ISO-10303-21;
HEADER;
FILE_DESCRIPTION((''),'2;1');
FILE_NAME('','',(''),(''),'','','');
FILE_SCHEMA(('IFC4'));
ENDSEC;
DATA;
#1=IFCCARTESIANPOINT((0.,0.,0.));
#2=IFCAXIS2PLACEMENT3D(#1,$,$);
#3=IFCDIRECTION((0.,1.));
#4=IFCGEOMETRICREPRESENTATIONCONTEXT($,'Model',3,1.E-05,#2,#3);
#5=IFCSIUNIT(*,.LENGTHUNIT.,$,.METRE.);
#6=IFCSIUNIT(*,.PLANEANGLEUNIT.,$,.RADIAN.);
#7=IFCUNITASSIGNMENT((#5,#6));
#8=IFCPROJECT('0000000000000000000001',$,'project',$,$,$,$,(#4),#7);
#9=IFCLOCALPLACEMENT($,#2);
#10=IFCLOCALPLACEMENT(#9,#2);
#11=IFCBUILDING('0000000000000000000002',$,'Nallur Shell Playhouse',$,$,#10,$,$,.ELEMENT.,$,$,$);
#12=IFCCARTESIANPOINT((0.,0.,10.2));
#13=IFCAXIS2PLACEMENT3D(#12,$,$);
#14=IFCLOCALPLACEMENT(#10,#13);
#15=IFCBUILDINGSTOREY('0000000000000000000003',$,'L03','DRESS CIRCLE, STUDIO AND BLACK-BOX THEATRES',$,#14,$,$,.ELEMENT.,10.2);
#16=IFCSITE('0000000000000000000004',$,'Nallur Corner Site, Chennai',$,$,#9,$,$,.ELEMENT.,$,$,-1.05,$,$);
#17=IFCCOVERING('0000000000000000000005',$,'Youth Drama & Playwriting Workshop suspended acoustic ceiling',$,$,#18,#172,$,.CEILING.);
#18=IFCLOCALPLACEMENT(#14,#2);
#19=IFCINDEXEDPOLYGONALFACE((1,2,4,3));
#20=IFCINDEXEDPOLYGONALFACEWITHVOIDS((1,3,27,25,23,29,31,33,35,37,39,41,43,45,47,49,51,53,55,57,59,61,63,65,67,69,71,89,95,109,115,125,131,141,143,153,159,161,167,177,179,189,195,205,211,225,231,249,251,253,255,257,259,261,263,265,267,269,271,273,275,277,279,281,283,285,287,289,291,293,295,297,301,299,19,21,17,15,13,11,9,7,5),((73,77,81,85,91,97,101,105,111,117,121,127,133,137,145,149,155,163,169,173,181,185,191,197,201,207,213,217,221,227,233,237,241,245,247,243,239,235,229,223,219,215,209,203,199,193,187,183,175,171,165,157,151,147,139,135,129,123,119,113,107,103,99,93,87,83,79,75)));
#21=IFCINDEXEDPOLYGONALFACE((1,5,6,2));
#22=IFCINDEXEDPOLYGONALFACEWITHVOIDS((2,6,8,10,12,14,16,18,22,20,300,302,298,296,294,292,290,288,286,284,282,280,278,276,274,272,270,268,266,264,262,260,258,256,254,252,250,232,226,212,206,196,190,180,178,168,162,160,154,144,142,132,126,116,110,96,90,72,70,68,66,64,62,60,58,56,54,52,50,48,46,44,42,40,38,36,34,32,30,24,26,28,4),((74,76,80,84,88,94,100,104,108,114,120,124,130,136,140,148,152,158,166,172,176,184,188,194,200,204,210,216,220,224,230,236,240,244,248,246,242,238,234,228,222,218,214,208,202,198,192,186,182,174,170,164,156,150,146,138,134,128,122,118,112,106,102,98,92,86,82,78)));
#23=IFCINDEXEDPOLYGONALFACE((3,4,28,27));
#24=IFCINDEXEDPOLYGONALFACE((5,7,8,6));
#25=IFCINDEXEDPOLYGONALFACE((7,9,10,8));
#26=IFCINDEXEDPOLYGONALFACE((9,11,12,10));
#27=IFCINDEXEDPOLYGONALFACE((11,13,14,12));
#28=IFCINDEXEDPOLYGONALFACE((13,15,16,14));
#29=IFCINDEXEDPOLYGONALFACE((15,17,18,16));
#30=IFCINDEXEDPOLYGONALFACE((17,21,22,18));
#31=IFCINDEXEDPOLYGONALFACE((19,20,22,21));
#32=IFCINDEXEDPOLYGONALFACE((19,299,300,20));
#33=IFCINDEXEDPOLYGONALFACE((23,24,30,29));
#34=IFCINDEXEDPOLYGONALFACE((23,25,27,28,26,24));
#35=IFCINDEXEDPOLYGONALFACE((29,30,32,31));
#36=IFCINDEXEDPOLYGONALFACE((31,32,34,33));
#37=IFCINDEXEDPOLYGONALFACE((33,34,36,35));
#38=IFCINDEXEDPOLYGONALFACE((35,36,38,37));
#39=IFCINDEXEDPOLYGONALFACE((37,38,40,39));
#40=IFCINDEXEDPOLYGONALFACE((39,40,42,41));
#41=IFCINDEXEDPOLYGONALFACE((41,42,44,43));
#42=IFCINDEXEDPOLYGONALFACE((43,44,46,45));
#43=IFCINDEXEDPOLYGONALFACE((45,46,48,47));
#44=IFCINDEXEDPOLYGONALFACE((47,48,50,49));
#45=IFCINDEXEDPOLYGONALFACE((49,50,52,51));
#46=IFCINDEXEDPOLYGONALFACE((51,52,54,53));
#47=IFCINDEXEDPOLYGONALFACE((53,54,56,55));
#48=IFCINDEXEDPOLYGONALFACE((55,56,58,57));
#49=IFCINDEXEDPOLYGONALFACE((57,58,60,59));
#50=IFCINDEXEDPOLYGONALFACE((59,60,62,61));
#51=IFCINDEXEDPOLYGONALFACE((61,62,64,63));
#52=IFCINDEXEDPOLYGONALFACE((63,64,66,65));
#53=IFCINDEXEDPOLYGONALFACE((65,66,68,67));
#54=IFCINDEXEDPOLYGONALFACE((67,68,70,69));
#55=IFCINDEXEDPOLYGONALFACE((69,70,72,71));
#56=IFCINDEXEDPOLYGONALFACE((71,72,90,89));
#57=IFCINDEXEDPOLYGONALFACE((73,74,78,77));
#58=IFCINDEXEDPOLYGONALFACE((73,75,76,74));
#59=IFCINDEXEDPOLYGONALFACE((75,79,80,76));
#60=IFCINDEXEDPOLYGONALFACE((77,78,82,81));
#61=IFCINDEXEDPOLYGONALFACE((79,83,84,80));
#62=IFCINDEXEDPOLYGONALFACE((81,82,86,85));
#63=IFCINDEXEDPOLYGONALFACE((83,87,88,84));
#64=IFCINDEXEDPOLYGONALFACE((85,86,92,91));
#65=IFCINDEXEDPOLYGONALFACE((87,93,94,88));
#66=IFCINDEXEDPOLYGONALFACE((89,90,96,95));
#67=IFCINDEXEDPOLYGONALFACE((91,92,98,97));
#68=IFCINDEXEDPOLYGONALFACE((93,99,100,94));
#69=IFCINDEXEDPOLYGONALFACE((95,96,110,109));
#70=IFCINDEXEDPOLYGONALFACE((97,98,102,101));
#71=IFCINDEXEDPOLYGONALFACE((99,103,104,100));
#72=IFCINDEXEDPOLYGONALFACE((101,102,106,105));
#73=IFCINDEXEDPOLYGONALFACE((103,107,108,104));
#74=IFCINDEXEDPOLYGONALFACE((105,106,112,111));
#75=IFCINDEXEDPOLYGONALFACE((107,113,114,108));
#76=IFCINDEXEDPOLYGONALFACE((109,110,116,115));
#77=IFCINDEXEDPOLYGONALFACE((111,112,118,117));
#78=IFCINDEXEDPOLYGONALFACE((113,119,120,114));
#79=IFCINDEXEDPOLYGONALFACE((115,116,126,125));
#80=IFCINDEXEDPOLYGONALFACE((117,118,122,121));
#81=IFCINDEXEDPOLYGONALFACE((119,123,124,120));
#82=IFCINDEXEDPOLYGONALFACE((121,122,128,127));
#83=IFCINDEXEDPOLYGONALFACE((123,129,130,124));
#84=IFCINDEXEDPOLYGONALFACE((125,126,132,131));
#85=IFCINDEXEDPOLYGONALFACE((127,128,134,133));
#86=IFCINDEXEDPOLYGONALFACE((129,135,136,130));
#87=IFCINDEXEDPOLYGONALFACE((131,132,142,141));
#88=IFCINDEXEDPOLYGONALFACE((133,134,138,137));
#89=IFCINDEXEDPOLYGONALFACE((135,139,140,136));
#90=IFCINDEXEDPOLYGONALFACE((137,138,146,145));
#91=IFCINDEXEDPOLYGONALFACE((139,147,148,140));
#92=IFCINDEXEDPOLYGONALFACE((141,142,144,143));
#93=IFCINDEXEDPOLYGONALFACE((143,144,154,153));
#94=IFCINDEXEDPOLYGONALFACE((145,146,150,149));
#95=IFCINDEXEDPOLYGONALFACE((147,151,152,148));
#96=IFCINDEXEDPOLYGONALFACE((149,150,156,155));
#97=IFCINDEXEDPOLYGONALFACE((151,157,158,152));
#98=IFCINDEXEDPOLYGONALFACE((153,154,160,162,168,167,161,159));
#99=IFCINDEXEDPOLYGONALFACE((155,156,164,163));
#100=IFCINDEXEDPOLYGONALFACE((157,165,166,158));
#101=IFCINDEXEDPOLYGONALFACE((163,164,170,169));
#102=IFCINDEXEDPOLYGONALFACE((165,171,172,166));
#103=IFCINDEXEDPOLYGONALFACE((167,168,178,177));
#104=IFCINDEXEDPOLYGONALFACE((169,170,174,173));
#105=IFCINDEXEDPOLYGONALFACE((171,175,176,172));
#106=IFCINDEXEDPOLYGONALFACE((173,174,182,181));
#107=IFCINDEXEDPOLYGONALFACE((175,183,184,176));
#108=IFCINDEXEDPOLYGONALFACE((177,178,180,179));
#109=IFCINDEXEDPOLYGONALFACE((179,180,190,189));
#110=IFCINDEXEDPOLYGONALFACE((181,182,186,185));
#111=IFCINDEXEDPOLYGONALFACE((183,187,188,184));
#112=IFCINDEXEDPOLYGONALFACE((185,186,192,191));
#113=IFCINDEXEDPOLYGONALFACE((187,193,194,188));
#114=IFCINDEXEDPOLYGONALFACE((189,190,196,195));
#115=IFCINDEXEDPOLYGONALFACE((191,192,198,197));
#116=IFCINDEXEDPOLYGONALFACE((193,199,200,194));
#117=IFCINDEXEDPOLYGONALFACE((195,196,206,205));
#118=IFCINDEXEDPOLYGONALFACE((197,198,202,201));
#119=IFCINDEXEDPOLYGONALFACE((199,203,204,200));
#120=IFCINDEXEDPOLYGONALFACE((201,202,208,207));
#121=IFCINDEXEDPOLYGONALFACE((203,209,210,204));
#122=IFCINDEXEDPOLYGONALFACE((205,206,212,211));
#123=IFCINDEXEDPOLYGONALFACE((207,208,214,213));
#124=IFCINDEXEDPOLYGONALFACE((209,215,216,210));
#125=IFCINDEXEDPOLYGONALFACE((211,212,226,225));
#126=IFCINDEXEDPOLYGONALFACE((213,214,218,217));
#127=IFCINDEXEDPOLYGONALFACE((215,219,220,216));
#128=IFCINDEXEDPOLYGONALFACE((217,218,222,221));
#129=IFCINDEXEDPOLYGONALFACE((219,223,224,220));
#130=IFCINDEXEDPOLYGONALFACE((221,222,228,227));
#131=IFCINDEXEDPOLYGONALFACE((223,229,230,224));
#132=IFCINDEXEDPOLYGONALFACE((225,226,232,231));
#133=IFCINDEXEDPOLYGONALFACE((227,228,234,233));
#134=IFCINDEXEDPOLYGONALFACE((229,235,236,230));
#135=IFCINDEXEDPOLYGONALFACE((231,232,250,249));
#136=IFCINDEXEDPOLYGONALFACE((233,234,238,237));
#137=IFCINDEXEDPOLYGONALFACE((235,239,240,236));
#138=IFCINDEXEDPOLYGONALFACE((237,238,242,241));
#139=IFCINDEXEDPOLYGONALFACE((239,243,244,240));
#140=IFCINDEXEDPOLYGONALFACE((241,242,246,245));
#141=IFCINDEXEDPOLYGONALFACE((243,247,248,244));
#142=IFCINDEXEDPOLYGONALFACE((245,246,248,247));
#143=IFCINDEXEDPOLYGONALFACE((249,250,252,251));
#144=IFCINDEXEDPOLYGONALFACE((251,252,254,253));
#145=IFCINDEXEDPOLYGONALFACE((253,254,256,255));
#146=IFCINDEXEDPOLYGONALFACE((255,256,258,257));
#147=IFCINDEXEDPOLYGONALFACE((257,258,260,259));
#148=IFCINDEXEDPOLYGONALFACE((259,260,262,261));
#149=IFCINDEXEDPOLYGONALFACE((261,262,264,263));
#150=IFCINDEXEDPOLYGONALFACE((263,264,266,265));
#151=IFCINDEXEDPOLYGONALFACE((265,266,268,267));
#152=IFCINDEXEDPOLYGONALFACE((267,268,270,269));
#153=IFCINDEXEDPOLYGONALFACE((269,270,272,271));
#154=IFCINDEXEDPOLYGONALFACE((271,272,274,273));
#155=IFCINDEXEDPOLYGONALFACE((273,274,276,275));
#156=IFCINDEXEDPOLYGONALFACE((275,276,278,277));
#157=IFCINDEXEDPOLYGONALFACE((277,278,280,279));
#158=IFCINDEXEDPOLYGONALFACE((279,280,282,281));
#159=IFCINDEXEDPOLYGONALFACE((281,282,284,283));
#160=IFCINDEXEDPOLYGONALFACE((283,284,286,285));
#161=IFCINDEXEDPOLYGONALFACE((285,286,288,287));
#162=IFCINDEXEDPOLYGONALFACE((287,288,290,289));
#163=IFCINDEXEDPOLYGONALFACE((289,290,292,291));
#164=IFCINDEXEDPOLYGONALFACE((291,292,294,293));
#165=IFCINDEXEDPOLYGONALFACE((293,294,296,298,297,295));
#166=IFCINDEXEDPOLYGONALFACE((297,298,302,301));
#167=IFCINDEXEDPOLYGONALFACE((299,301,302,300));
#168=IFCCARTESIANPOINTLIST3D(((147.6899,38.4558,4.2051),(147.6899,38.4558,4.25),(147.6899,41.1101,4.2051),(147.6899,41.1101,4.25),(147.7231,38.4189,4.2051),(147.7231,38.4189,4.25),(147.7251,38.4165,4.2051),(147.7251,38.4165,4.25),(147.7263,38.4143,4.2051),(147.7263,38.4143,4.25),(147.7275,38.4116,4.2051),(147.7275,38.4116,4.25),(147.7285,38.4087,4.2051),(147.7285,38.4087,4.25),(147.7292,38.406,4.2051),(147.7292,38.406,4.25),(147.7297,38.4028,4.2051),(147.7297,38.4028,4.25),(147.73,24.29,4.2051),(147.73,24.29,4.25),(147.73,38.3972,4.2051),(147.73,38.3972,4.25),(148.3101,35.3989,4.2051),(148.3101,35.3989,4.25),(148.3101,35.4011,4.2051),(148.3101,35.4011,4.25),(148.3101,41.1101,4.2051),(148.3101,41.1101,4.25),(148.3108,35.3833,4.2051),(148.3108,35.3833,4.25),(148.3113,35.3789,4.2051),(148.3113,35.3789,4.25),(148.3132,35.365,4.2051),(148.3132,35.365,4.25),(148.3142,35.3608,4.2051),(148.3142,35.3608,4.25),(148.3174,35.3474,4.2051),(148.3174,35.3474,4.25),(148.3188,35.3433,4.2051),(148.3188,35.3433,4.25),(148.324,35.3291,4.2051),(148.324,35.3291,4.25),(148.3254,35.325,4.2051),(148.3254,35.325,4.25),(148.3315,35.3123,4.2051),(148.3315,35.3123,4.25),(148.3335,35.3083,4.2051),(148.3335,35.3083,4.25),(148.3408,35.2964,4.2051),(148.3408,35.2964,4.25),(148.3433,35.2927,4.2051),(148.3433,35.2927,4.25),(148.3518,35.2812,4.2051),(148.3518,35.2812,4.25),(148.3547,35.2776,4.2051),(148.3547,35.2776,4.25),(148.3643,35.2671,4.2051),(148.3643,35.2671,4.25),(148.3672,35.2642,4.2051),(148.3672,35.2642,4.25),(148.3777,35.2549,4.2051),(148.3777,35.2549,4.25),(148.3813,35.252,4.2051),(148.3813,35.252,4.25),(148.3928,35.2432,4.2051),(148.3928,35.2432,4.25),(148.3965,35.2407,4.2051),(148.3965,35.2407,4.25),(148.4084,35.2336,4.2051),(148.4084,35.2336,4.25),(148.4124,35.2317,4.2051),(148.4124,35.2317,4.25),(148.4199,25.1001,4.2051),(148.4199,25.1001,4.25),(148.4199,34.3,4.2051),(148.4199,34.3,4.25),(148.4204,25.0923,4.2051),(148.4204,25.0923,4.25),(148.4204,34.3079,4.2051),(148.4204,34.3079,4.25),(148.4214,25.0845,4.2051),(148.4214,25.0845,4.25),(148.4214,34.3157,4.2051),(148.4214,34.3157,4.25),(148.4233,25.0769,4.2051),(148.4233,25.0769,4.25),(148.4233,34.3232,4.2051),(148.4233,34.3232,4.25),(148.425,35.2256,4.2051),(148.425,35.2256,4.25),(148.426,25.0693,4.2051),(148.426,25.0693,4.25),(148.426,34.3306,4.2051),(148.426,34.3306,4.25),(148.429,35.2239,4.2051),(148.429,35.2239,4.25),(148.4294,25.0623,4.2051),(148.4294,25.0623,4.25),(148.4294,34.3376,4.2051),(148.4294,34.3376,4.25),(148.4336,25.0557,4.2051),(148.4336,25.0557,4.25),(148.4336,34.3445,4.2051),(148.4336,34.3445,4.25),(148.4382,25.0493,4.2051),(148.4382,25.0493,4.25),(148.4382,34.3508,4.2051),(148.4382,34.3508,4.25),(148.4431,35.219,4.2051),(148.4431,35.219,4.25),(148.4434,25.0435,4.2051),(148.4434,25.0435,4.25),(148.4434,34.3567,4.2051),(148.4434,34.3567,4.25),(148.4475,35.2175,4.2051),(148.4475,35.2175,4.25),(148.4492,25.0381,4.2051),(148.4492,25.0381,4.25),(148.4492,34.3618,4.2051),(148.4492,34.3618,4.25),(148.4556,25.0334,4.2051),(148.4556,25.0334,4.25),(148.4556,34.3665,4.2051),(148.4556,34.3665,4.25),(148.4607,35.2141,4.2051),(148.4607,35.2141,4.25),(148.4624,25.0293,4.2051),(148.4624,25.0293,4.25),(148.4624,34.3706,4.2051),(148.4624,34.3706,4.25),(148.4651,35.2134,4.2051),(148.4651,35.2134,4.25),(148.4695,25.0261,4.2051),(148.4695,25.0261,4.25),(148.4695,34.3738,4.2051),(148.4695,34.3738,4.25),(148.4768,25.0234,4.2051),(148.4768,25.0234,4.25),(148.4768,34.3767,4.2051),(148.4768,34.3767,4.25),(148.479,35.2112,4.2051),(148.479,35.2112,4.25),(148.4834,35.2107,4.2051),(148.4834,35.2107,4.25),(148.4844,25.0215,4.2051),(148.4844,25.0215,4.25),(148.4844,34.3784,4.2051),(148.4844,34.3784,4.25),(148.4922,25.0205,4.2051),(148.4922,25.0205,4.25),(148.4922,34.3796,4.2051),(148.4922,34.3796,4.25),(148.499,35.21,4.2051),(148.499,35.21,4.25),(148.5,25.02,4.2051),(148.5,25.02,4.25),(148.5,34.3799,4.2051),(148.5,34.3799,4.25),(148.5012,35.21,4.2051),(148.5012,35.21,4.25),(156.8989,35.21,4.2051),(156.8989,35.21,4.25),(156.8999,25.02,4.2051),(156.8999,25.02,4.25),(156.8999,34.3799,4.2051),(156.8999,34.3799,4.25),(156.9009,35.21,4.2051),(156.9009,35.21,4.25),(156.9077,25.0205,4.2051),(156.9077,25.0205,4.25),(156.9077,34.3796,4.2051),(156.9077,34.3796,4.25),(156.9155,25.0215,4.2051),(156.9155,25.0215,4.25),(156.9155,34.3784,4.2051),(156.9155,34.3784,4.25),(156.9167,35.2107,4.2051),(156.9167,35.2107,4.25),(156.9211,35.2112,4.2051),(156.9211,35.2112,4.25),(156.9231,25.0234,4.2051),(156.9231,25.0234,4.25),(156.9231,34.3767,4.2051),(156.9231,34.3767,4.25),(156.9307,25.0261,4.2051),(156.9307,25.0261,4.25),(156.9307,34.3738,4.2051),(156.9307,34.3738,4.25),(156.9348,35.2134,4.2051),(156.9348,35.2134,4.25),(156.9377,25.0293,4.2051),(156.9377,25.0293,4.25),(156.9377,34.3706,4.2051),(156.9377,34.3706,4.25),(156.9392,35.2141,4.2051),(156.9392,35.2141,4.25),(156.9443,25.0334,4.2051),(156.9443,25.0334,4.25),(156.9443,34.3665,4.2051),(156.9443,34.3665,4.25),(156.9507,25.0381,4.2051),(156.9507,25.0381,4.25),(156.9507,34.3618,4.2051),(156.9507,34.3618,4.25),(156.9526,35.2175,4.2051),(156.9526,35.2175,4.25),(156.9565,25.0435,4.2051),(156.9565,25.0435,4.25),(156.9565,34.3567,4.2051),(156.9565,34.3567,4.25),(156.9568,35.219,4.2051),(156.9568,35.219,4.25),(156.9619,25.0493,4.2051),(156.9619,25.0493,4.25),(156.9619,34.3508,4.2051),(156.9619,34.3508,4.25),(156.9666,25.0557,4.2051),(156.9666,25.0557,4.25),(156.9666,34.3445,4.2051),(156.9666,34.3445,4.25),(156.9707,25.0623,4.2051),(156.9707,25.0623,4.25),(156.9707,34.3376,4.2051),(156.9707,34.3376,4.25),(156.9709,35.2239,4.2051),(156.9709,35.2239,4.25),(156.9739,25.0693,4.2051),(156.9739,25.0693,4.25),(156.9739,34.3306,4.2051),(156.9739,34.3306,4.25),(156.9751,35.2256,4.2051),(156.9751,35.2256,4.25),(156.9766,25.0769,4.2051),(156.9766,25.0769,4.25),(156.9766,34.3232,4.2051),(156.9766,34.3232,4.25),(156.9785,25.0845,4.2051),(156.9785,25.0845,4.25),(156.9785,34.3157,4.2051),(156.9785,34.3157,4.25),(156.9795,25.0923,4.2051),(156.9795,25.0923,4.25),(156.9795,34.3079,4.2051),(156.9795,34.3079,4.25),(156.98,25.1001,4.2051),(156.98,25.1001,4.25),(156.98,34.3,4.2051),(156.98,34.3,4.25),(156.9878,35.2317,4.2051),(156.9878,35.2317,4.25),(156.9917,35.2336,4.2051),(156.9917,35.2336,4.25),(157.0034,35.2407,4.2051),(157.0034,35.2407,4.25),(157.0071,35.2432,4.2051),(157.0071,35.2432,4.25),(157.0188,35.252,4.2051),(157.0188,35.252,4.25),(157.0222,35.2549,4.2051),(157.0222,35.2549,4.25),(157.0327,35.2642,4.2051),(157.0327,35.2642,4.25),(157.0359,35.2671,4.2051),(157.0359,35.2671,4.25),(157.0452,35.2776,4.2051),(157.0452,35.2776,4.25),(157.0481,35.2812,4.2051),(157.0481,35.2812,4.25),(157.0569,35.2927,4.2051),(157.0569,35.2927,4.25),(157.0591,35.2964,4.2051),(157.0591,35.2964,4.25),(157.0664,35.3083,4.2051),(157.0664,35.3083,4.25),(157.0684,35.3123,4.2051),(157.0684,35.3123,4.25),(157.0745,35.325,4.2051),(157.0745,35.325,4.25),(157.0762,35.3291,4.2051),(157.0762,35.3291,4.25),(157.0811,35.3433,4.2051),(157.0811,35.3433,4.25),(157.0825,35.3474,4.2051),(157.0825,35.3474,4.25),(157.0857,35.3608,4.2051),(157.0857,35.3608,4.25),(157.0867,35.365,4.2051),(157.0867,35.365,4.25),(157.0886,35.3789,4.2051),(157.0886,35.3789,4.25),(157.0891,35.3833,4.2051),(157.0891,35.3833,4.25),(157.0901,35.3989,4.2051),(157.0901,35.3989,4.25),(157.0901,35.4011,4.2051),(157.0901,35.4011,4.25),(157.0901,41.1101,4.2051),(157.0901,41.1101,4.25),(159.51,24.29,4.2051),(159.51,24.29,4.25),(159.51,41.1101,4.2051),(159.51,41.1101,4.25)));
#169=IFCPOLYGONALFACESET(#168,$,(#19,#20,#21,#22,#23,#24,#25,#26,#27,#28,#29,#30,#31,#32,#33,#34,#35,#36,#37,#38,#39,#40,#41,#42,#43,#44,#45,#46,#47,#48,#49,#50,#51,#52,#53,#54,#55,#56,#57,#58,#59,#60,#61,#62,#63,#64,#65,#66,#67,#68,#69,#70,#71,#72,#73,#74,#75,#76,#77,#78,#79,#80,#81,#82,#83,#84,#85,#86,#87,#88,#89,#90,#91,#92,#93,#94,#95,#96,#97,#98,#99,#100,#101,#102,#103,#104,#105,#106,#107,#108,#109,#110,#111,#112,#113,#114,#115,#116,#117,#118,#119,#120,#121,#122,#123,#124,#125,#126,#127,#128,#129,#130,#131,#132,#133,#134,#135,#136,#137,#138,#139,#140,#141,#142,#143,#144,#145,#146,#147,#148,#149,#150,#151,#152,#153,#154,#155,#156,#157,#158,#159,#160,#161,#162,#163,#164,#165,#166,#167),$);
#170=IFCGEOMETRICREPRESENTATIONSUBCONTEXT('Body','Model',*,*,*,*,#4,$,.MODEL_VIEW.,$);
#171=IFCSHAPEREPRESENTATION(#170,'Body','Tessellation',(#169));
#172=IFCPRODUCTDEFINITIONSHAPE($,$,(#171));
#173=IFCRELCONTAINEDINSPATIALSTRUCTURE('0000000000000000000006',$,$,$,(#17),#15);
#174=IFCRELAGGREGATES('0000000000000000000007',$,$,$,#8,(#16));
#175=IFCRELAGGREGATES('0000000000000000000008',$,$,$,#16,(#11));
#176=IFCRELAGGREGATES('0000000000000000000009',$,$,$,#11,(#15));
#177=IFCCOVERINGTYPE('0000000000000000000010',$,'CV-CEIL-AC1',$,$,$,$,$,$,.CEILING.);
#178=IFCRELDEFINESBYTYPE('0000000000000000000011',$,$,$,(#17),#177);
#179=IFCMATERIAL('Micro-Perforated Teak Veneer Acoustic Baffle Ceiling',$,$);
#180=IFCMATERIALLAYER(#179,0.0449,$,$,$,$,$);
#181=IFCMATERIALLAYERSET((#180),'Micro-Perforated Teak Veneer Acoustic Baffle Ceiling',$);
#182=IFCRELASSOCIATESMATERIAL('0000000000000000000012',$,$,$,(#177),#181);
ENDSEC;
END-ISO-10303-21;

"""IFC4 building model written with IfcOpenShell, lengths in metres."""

from ifc_helpers import new_model, si_unit, direction, frame, origin, place, context, subcontext, project, spatial, polyline, outline, extrude, material, layer, layer_set, type_object, element, save


model = new_model("IFC4")

# Units and contexts
model_context = context("Model", 3, precision=1e-05, world=origin(), true_north=direction((0.0, 1.0)))
body_context = subcontext(model_context, "Body", "Model", "MODEL_VIEW")
ifc_project = project(units=[si_unit("LENGTHUNIT", "METRE"), si_unit("PLANEANGLEUNIT", "RADIAN")], contexts=[model_context])

# Site, building, storey
site_placement = place(None, origin())
site = spatial("IfcSite", under=ifc_project, at=site_placement, Name="Nallur Corner Site, Chennai", CompositionType="ELEMENT", RefElevation=-1.05)
building_placement = place(site_placement, origin())
building = spatial("IfcBuilding", under=site, at=building_placement, Name="Nallur Shell Playhouse", CompositionType="ELEMENT")
storey_placement = place(building_placement, frame((0.0, 0.0, 10.2)))
storey = spatial("IfcBuildingStorey", under=building, at=storey_placement, Name="L03", Description="DRESS CIRCLE, STUDIO AND BLACK-BOX THEATRES", CompositionType="ELEMENT", Elevation=10.2)

# Covering
ifc_material_1 = material(Name="Micro-Perforated Teak Veneer Acoustic Baffle Ceiling")
ifc_layer_1 = layer(ifc_material_1, 0.0449)
ifc_layer_set_1 = layer_set([ifc_layer_1], Name="Micro-Perforated Teak Veneer Acoustic Baffle Ceiling")
covering_type_1 = type_object("IfcCoveringType", Name="CV-CEIL-AC1", PredefinedType="CEILING", material=ifc_layer_set_1)
covering_1_placement = place(storey_placement, frame((0.0, 0.0, 4.2051)))
element("IfcCovering", 1, at=covering_1_placement, inside=storey, type_object=covering_type_1, Name="Youth Drama & Playwriting Workshop suspended acoustic ceiling", PredefinedType="CEILING", context=body_context, shape_type="SweptSolid", body=[
    extrude(outline(polyline([(147.7231, 38.4189), (147.6899, 38.4558), (147.6899, 41.1101), (148.3101, 41.1101), (148.3101, 35.4011), (148.3101, 35.3989), (148.3108, 35.3833), (148.3113, 35.3789), (148.3132, 35.365), (148.3142, 35.3608), (148.3174, 35.3474), (148.3188, 35.3433), (148.324, 35.3291), (148.3254, 35.325), (148.3315, 35.3123), (148.3335, 35.3083), (148.3408, 35.2964), (148.3433, 35.2927), (148.3518, 35.2812), (148.3547, 35.2776), (148.3643, 35.2671), (148.3672, 35.2642), (148.3777, 35.2549), (148.3813, 35.252), (148.3928, 35.2432), (148.3965, 35.2407), (148.4084, 35.2336), (148.4124, 35.2317), (148.425, 35.2256), (148.429, 35.2239), (148.4431, 35.219), (148.4475, 35.2175), (148.4607, 35.2141), (148.4651, 35.2134), (148.479, 35.2112), (148.4834, 35.2107), (148.499, 35.21), (148.5012, 35.21), (156.8989, 35.21), (156.9009, 35.21), (156.9167, 35.2107), (156.9211, 35.2112), (156.9348, 35.2134), (156.9392, 35.2141), (156.9526, 35.2175), (156.9568, 35.219), (156.9709, 35.2239), (156.9751, 35.2256), (156.9878, 35.2317), (156.9917, 35.2336), (157.0034, 35.2407), (157.0071, 35.2432), (157.0188, 35.252), (157.0222, 35.2549), (157.0327, 35.2642), (157.0359, 35.2671), (157.0452, 35.2776), (157.0481, 35.2812), (157.0569, 35.2927), (157.0591, 35.2964), (157.0664, 35.3083), (157.0684, 35.3123), (157.0745, 35.325), (157.0762, 35.3291), (157.0811, 35.3433), (157.0825, 35.3474), (157.0857, 35.3608), (157.0867, 35.365), (157.0886, 35.3789), (157.0891, 35.3833), (157.0901, 35.3989), (157.0901, 35.4011), (157.0901, 41.1101), (159.51, 41.1101), (159.51, 24.29), (147.73, 24.29), (147.73, 38.3972), (147.7297, 38.4028), (147.7292, 38.406), (147.7285, 38.4087), (147.7275, 38.4116), (147.7263, 38.4143), (147.7251, 38.4165), (147.7231, 38.4189)]), holes=[polyline([(156.9155, 25.0215), (156.9231, 25.0234), (156.9307, 25.0261), (156.9377, 25.0293), (156.9443, 25.0334), (156.9507, 25.0381), (156.9565, 25.0435), (156.9619, 25.0493), (156.9666, 25.0557), (156.9707, 25.0623), (156.9739, 25.0693), (156.9766, 25.0769), (156.9785, 25.0845), (156.9795, 25.0923), (156.98, 25.1001), (156.98, 34.3), (156.9795, 34.3079), (156.9785, 34.3157), (156.9766, 34.3232), (156.9739, 34.3306), (156.9707, 34.3376), (156.9666, 34.3445), (156.9619, 34.3508), (156.9565, 34.3567), (156.9507, 34.3618), (156.9443, 34.3665), (156.9377, 34.3706), (156.9307, 34.3738), (156.9231, 34.3767), (156.9155, 34.3784), (156.9077, 34.3796), (156.8999, 34.3799), (148.5, 34.3799), (148.4922, 34.3796), (148.4844, 34.3784), (148.4768, 34.3767), (148.4695, 34.3738), (148.4624, 34.3706), (148.4556, 34.3665), (148.4492, 34.3618), (148.4434, 34.3567), (148.4382, 34.3508), (148.4336, 34.3445), (148.4294, 34.3376), (148.426, 34.3306), (148.4233, 34.3232), (148.4214, 34.3157), (148.4204, 34.3079), (148.4199, 34.3), (148.4199, 25.1001), (148.4204, 25.0923), (148.4214, 25.0845), (148.4233, 25.0769), (148.426, 25.0693), (148.4294, 25.0623), (148.4336, 25.0557), (148.4382, 25.0493), (148.4434, 25.0435), (148.4492, 25.0381), (148.4556, 25.0334), (148.4624, 25.0293), (148.4695, 25.0261), (148.4768, 25.0234), (148.4844, 25.0215), (148.4922, 25.0205), (148.5, 25.02), (156.8999, 25.02), (156.9077, 25.0205), (156.9155, 25.0215)])]), origin(), (0.0, 0.0, 1.0), 0.0449),
])

save(model, "model.ifc")
